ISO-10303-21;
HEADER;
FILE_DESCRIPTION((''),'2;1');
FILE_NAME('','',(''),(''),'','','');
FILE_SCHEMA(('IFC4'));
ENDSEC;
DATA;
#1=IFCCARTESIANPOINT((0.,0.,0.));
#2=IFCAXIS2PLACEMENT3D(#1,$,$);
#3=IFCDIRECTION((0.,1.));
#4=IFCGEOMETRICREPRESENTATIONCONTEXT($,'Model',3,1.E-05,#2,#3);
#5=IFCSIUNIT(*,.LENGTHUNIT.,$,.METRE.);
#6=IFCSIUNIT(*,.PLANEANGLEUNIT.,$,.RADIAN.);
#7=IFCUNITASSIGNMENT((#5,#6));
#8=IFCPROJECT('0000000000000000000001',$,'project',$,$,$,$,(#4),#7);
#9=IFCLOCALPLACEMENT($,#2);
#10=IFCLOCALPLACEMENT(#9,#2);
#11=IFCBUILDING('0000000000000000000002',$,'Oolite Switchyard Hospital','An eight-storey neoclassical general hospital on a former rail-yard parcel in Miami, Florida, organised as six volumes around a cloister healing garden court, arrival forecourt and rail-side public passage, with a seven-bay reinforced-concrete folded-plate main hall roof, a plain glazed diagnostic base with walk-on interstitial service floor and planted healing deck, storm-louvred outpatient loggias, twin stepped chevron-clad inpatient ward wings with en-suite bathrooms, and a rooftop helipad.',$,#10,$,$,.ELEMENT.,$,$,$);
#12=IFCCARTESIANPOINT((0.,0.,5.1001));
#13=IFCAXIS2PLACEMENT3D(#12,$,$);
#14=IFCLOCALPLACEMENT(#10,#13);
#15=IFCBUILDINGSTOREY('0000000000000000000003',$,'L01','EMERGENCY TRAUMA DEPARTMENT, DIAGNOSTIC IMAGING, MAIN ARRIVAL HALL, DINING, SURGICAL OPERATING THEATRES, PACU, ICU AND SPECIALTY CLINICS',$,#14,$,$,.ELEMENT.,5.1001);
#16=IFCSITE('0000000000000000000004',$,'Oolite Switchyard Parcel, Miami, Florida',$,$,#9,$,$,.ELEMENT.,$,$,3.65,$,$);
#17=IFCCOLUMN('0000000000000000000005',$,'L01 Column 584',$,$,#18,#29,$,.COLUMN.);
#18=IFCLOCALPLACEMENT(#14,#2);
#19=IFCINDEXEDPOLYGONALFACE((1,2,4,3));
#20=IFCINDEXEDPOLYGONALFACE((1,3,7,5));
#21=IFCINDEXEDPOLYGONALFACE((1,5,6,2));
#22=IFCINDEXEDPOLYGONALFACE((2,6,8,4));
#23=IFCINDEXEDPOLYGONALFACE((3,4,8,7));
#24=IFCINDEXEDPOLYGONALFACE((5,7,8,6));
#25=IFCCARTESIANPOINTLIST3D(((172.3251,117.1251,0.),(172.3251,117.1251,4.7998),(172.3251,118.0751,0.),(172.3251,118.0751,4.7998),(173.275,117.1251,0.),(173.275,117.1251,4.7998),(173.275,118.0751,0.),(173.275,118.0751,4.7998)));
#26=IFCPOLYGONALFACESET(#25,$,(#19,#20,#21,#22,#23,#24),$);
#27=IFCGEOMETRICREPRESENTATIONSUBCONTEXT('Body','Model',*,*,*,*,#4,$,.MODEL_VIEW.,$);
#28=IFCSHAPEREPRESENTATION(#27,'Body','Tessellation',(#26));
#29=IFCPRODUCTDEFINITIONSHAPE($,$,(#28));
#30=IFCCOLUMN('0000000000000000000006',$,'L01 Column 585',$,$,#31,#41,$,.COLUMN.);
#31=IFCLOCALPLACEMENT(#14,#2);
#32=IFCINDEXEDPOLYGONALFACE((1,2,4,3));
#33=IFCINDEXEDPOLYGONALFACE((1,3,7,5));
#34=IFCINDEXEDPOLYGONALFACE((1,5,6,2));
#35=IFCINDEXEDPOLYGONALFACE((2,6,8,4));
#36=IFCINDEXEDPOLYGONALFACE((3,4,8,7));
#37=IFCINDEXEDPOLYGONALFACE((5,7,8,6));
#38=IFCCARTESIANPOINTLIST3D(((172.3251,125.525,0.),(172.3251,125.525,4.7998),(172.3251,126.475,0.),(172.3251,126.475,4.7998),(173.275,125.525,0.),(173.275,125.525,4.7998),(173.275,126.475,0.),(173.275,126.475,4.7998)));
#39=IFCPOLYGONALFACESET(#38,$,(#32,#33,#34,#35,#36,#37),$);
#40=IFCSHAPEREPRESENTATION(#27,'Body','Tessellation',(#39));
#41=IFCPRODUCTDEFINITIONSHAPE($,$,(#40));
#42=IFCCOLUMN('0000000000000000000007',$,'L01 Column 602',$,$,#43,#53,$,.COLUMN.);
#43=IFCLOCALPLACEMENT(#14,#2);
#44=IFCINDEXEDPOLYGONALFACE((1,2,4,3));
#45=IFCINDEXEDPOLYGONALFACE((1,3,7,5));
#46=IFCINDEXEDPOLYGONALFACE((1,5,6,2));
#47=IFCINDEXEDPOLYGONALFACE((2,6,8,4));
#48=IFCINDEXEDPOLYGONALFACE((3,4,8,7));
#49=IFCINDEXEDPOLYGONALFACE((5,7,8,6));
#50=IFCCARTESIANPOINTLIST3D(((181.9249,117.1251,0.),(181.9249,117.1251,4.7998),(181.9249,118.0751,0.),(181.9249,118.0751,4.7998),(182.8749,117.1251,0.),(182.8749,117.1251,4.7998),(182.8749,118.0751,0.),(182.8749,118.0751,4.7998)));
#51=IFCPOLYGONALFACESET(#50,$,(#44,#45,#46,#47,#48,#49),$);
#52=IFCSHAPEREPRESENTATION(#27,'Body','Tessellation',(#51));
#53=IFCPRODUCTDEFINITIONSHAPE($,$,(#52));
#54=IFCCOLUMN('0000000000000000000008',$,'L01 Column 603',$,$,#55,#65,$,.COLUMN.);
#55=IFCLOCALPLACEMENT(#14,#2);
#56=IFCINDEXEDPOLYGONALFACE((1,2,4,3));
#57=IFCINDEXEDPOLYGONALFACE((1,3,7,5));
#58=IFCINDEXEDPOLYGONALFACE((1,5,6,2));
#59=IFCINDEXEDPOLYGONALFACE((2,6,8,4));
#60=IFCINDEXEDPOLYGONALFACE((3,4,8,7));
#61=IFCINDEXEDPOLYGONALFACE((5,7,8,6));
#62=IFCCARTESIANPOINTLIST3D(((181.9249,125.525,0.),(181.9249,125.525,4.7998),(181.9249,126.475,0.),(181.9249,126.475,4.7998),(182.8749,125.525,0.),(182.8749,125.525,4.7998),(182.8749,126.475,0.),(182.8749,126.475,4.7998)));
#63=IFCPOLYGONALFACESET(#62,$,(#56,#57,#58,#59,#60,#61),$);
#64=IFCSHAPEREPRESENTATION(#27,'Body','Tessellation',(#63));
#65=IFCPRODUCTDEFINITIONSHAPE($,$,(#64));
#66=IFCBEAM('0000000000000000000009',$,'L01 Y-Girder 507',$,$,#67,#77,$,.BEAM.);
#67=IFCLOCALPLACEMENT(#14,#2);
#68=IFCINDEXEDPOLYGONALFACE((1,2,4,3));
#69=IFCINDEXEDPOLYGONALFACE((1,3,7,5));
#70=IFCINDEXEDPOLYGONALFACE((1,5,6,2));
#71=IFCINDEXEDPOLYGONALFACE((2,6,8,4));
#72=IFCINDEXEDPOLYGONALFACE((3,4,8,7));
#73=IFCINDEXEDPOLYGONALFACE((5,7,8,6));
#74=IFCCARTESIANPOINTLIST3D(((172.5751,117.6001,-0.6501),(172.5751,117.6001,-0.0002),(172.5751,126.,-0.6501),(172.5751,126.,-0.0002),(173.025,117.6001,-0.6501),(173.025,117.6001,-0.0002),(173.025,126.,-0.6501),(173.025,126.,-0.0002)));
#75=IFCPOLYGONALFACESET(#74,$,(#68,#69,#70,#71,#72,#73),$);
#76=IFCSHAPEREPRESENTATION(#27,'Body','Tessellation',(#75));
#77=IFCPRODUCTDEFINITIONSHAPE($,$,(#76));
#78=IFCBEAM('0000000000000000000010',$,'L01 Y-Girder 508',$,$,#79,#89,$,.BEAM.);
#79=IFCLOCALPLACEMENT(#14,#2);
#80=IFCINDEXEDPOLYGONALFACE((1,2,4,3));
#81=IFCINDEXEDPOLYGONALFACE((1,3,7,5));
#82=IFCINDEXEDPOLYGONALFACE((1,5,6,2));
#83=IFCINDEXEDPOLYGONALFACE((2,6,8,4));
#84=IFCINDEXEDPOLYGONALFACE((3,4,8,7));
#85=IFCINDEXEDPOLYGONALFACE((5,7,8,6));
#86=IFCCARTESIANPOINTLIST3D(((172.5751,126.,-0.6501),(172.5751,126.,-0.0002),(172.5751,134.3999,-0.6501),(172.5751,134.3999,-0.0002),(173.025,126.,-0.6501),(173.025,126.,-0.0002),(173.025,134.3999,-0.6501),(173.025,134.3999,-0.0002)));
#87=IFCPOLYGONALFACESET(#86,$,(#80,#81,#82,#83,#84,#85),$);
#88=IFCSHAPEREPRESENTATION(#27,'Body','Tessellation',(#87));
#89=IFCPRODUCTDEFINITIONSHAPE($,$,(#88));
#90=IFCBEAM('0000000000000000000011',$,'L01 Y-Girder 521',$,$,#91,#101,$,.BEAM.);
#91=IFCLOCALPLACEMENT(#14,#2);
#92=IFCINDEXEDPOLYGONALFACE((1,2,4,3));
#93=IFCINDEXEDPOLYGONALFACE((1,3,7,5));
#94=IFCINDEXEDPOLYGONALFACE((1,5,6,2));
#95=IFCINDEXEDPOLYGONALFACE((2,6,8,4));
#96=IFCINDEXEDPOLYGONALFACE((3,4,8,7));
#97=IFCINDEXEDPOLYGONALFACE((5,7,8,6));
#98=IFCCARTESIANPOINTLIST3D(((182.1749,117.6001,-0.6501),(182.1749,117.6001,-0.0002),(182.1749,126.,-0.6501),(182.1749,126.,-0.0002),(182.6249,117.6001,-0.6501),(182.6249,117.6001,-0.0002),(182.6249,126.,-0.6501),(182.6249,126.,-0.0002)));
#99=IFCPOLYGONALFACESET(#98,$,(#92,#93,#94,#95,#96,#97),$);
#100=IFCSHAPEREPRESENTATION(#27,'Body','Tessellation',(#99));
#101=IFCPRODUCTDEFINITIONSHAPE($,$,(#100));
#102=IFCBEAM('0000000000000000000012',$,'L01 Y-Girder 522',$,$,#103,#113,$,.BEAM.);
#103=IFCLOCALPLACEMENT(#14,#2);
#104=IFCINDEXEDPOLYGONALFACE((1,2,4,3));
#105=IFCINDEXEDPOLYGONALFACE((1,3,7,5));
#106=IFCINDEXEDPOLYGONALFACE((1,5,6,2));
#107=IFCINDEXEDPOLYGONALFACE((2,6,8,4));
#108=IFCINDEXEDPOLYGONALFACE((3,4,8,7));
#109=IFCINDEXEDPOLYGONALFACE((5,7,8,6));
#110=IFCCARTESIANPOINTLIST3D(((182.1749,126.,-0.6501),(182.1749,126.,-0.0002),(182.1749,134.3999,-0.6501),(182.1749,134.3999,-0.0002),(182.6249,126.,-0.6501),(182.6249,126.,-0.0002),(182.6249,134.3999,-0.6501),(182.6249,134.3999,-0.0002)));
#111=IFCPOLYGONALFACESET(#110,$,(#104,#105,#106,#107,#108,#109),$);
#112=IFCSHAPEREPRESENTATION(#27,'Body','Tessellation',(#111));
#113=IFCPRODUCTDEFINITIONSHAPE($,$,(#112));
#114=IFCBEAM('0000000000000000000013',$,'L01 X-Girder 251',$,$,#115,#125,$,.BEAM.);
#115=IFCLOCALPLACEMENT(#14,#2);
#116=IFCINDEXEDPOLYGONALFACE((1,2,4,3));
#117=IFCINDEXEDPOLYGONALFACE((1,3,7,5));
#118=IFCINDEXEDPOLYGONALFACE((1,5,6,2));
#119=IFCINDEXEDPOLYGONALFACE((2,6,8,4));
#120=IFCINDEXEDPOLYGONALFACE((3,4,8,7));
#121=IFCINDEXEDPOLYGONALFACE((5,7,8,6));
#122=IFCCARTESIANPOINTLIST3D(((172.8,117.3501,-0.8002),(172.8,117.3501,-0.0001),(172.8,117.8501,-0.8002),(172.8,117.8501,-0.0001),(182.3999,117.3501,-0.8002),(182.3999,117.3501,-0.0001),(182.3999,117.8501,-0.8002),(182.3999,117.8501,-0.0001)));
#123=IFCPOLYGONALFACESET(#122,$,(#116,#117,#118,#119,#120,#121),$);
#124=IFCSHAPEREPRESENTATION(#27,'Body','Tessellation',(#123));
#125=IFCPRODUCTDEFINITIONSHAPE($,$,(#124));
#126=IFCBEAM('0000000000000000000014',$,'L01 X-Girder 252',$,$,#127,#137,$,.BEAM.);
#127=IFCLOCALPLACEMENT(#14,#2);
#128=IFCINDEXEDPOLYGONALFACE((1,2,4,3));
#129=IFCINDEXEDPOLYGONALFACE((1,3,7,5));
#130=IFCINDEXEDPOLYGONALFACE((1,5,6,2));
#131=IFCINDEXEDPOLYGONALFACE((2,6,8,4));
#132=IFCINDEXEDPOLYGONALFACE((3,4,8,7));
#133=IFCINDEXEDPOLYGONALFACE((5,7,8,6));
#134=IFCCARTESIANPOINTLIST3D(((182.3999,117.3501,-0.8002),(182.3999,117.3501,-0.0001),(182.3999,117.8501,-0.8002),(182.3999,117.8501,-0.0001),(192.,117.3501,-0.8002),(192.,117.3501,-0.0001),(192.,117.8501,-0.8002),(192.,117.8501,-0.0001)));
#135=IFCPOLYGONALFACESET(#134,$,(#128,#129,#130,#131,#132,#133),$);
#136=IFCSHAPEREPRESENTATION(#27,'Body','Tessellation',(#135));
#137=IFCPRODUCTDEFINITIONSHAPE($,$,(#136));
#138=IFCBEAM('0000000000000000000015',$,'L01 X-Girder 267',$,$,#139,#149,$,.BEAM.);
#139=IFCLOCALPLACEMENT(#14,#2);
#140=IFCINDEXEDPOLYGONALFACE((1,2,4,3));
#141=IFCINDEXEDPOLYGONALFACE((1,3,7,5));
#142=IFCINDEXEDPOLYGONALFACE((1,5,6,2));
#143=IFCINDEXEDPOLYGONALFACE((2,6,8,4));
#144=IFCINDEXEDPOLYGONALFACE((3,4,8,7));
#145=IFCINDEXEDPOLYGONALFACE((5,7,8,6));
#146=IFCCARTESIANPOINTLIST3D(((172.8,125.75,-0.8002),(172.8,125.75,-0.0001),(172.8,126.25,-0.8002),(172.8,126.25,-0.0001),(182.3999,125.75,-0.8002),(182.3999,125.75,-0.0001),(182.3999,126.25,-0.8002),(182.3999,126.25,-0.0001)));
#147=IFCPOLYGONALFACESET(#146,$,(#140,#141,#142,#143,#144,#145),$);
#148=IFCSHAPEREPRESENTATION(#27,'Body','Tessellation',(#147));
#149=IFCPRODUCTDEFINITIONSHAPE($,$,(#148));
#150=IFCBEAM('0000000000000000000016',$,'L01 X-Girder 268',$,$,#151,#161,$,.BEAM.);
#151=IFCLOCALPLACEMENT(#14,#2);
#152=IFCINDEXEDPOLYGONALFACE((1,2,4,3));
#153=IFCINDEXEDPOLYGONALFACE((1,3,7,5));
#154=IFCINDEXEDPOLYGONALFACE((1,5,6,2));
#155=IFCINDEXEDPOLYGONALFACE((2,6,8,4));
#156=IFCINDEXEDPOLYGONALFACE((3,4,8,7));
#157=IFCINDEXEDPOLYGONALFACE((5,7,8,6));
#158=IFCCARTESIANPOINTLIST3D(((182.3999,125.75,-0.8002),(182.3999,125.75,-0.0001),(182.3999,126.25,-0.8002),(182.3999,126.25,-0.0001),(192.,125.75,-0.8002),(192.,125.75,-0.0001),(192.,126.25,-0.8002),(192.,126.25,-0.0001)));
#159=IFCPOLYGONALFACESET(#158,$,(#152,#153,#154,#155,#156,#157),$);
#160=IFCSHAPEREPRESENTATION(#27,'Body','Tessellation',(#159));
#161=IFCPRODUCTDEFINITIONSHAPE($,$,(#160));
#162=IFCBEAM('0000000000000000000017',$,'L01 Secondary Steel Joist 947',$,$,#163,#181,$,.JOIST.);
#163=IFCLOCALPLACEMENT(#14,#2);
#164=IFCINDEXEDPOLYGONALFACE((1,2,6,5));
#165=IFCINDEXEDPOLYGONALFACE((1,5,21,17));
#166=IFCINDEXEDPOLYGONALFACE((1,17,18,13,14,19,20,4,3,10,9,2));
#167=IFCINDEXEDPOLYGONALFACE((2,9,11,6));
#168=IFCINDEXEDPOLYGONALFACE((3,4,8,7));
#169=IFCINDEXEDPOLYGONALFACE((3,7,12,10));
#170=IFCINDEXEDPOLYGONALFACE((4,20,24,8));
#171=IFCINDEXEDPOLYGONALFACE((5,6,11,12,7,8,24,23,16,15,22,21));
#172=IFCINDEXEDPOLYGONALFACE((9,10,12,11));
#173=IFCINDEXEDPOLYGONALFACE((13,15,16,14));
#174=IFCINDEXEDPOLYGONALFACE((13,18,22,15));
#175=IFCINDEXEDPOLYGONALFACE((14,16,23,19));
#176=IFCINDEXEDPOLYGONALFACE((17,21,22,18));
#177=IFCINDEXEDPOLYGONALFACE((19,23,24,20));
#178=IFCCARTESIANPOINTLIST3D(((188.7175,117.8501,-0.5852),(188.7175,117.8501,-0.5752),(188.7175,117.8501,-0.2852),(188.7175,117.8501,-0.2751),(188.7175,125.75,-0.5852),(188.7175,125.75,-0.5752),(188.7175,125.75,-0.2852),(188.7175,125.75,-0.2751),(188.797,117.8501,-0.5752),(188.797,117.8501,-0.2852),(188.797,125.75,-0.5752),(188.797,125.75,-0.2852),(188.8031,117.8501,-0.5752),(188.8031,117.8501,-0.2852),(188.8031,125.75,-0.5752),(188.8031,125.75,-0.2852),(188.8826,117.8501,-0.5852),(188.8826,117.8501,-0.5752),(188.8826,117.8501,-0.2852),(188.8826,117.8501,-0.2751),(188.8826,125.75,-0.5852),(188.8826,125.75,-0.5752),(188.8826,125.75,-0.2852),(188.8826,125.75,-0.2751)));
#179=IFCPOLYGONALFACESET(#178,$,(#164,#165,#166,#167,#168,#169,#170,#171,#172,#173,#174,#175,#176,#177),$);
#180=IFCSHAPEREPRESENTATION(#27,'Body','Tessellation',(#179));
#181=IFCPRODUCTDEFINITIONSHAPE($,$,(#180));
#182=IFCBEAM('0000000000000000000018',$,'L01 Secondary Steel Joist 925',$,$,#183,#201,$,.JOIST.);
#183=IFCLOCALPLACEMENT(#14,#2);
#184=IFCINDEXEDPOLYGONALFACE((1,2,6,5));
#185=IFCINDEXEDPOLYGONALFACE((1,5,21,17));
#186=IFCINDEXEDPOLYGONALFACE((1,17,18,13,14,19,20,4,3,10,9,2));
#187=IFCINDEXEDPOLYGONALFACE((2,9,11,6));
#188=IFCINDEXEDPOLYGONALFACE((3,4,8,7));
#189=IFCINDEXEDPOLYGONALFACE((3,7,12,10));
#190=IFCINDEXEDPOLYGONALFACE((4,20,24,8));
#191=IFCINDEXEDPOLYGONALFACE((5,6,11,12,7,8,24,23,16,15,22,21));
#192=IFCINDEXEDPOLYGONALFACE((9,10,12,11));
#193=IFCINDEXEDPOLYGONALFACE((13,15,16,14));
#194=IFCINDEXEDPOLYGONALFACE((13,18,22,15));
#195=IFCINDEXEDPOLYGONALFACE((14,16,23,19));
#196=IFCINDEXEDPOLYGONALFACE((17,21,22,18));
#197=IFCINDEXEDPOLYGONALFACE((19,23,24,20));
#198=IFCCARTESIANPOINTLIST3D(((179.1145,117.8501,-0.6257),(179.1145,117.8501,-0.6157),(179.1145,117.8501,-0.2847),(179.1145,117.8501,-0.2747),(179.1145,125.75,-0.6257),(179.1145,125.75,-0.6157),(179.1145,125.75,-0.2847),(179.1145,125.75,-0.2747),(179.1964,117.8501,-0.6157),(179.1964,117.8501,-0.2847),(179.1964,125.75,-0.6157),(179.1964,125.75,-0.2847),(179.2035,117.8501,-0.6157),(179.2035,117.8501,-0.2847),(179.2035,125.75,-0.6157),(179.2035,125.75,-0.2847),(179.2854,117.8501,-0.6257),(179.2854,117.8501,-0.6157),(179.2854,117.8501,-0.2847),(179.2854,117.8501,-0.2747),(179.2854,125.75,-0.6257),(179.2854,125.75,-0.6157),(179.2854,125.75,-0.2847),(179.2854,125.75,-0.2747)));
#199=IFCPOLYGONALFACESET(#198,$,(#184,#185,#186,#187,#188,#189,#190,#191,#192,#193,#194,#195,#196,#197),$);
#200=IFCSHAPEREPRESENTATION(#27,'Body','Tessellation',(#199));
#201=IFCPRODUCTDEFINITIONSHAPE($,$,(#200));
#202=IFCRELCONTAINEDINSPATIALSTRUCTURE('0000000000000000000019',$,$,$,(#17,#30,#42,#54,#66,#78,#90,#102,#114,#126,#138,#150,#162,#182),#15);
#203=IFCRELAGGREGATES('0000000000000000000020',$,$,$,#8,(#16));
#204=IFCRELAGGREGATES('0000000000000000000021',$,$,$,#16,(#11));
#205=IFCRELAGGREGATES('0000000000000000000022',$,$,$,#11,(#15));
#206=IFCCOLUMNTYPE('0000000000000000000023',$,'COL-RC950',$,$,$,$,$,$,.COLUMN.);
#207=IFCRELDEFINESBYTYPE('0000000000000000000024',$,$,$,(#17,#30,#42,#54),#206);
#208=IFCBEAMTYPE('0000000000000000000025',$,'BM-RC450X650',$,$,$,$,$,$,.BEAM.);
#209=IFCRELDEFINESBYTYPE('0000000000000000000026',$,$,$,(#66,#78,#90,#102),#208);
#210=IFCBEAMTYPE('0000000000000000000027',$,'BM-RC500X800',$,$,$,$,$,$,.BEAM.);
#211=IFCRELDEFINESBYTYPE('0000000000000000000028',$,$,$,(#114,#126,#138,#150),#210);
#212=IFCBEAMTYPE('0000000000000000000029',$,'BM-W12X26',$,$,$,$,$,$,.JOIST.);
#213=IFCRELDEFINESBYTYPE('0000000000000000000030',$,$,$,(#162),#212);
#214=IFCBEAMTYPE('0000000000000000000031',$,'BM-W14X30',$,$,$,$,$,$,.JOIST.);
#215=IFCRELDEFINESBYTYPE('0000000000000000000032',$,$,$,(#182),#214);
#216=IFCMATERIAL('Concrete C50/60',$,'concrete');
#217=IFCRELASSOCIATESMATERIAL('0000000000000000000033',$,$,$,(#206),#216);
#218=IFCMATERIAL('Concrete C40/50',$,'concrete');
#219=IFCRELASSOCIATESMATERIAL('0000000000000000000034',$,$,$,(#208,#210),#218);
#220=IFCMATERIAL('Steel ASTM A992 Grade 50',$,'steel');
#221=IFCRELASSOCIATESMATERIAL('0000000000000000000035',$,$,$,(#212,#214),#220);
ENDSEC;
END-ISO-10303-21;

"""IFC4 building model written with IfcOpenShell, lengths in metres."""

from ifc_helpers import new_model, si_unit, direction, frame, origin, origin_2d, place, context, subcontext, project, spatial, rectangle, i_section, extrude, material, material_profile, profile_set, type_object, element, save


model = new_model("IFC4")

# Units and contexts
model_context = context("Model", 3, precision=1e-05, world=origin(), true_north=direction((0.0, 1.0)))
body_context = subcontext(model_context, "Body", "Model", "MODEL_VIEW")
ifc_project = project(units=[si_unit("LENGTHUNIT", "METRE"), si_unit("PLANEANGLEUNIT", "RADIAN")], contexts=[model_context])

# Site, building, storey
site_placement = place(None, origin())
site = spatial("IfcSite", under=ifc_project, at=site_placement, Name="Oolite Switchyard Parcel, Miami, Florida", CompositionType="ELEMENT", RefElevation=3.65)
building_placement = place(site_placement, origin())
building = spatial("IfcBuilding", under=site, at=building_placement, Name="Oolite Switchyard Hospital", Description="An eight-storey neoclassical general hospital on a former rail-yard parcel in Miami, Florida, organised as six volumes around a cloister healing garden court, arrival forecourt and rail-side public passage, with a seven-bay reinforced-concrete folded-plate main hall roof, a plain glazed diagnostic base with walk-on interstitial service floor and planted healing deck, storm-louvred outpatient loggias, twin stepped chevron-clad inpatient ward wings with en-suite bathrooms, and a rooftop helipad.", CompositionType="ELEMENT")
storey_placement = place(building_placement, frame((0.0, 0.0, 5.1001)))
storey = spatial("IfcBuildingStorey", under=building, at=storey_placement, Name="L01", Description="EMERGENCY TRAUMA DEPARTMENT, DIAGNOSTIC IMAGING, MAIN ARRIVAL HALL, DINING, SURGICAL OPERATING THEATRES, PACU, ICU AND SPECIALTY CLINICS", CompositionType="ELEMENT", Elevation=5.1001)

# Columns
ifc_material_1 = material(Name="Concrete C50/60", Category="concrete")
ifc_material_profile_1 = material_profile(ifc_material_1, rectangle(XDim=0.95, YDim=0.95, at=origin_2d()), Name="RC950X950")
ifc_profile_set_1 = profile_set([ifc_material_profile_1], Name="Concrete C50/60")
column_type = type_object("IfcColumnType", Name="COL-RC950", PredefinedType="COLUMN", material=ifc_profile_set_1)
for number, where, z_axis, x_axis, name in (
    (1, (172.8, 117.6001, 0.0), (0.0, 0.0, 1.0), (1.0, 0.0, 0.0), "L01 Column 584"),
    (2, (172.8, 126.0, 0.0), (0.0, 0.0, 1.0), (1.0, 0.0, 0.0), "L01 Column 585"),
    (3, (182.3999, 117.6001, 0.0), (0.0, 0.0, 1.0), (1.0, 0.0, 0.0), "L01 Column 602"),
    (4, (182.3999, 126.0, 0.0), (0.0, 0.0, 1.0), (1.0, 0.0, 0.0), "L01 Column 603"),
):
    element("IfcColumn", number, at=place(storey_placement, frame(where, z_axis=z_axis, x_axis=x_axis)), inside=storey, type_object=column_type, Name=name, PredefinedType="COLUMN", context=body_context, shape_type="SweptSolid", body=[
        extrude(rectangle(XDim=0.95, YDim=0.95, at=origin_2d()), origin(), (0.0, 0.0, 1.0), 4.7998),
    ])

# Beams
ifc_material_2 = material(Name="Concrete C40/50", Category="concrete")
ifc_material_profile_2 = material_profile(ifc_material_2, rectangle(XDim=0.45, YDim=0.6499, at=origin_2d()), Name="RCB450X650")
ifc_profile_set_2 = profile_set([ifc_material_profile_2], Name="Concrete C40/50")
beam_type_1 = type_object("IfcBeamType", Name="BM-RC450X650", PredefinedType="BEAM", material=ifc_profile_set_2)
for number, where, z_axis, x_axis, name in (
    (5, (172.8, 117.6001, -0.3252), (0.0, 1.0, 0.0), (-1.0, 0.0, 0.0), "L01 Y-Girder 507"),
    (6, (172.8, 126.0, -0.3252), (0.0, 1.0, 0.0), (-1.0, 0.0, 0.0), "L01 Y-Girder 508"),
    (7, (182.3999, 117.6001, -0.3252), (0.0, 1.0, 0.0), (-1.0, 0.0, 0.0), "L01 Y-Girder 521"),
    (8, (182.3999, 126.0, -0.3252), (0.0, 1.0, 0.0), (-1.0, 0.0, 0.0), "L01 Y-Girder 522"),
):
    element("IfcBeam", number, at=place(storey_placement, frame(where, z_axis=z_axis, x_axis=x_axis)), inside=storey, type_object=beam_type_1, Name=name, PredefinedType="BEAM", context=body_context, shape_type="SweptSolid", body=[
        extrude(rectangle(XDim=0.45, YDim=0.6499, at=origin_2d()), origin(), (0.0, 0.0, 1.0), 8.3999),
    ])
ifc_material_profile_3 = material_profile(ifc_material_2, rectangle(XDim=0.5, YDim=0.8, at=origin_2d()), Name="RCB500X800")
ifc_profile_set_3 = profile_set([ifc_material_profile_3], Name="Concrete C40/50")
beam_type_2 = type_object("IfcBeamType", Name="BM-RC500X800", PredefinedType="BEAM", material=ifc_profile_set_3)
beam_1_placement = place(storey_placement, frame((172.8, 117.6001, -0.4001), z_axis=(1.0, 0.0, 0.0), x_axis=(0.0, 1.0, 0.0)))
element("IfcBeam", 9, at=beam_1_placement, inside=storey, type_object=beam_type_2, Name="L01 X-Girder 251", PredefinedType="BEAM", context=body_context, shape_type="SweptSolid", body=[
    extrude(rectangle(XDim=0.5, YDim=0.8, at=origin_2d()), origin(), (0.0, 0.0, 1.0), 9.5999),
])
beam_2_placement = place(storey_placement, frame((182.3999, 117.6001, -0.4001), z_axis=(1.0, 0.0, 0.0), x_axis=(0.0, 1.0, 0.0)))
element("IfcBeam", 10, at=beam_2_placement, inside=storey, type_object=beam_type_2, Name="L01 X-Girder 252", PredefinedType="BEAM", context=body_context, shape_type="SweptSolid", body=[
    extrude(rectangle(XDim=0.5, YDim=0.8, at=origin_2d()), origin(), (0.0, 0.0, 1.0), 9.6001),
])
beam_3_placement = place(storey_placement, frame((172.8, 126.0, -0.4001), z_axis=(1.0, 0.0, 0.0), x_axis=(0.0, 1.0, 0.0)))
element("IfcBeam", 11, at=beam_3_placement, inside=storey, type_object=beam_type_2, Name="L01 X-Girder 267", PredefinedType="BEAM", context=body_context, shape_type="SweptSolid", body=[
    extrude(rectangle(XDim=0.5, YDim=0.8, at=origin_2d()), origin(), (0.0, 0.0, 1.0), 9.5999),
])
beam_4_placement = place(storey_placement, frame((182.3999, 126.0, -0.4001), z_axis=(1.0, 0.0, 0.0), x_axis=(0.0, 1.0, 0.0)))
element("IfcBeam", 12, at=beam_4_placement, inside=storey, type_object=beam_type_2, Name="L01 X-Girder 268", PredefinedType="BEAM", context=body_context, shape_type="SweptSolid", body=[
    extrude(rectangle(XDim=0.5, YDim=0.8, at=origin_2d()), origin(), (0.0, 0.0, 1.0), 9.6001),
])
ifc_material_3 = material(Name="Steel ASTM A992 Grade 50", Category="steel")
ifc_material_profile_4 = material_profile(ifc_material_3, i_section(OverallWidth=0.165, OverallDepth=0.3101, WebThickness=0.0061, FlangeThickness=0.01, at=origin_2d()), Name="W12X26")
ifc_profile_set_4 = profile_set([ifc_material_profile_4], Name="Steel ASTM A992 Grade 50")
beam_type_3 = type_object("IfcBeamType", Name="BM-W12X26", PredefinedType="JOIST", material=ifc_profile_set_4)
beam_5_placement = place(storey_placement, frame((188.8, 117.8501, -0.4302), z_axis=(0.0, 1.0, 0.0), x_axis=(-1.0, 0.0, 0.0)))
element("IfcBeam", 13, at=beam_5_placement, inside=storey, type_object=beam_type_3, Name="L01 Secondary Steel Joist 947", PredefinedType="JOIST", context=body_context, shape_type="SweptSolid", body=[
    extrude(i_section(OverallWidth=0.165, OverallDepth=0.3101, WebThickness=0.0061, FlangeThickness=0.01, at=origin_2d()), origin(), (0.0, 0.0, 1.0), 7.8999),
])
ifc_material_profile_5 = material_profile(ifc_material_3, i_section(OverallWidth=0.1709, OverallDepth=0.3511, WebThickness=0.0071, FlangeThickness=0.01, at=origin_2d()), Name="W14X30")
ifc_profile_set_5 = profile_set([ifc_material_profile_5], Name="Steel ASTM A992 Grade 50")
beam_type_4 = type_object("IfcBeamType", Name="BM-W14X30", PredefinedType="JOIST", material=ifc_profile_set_5)
beam_6_placement = place(storey_placement, frame((179.2, 117.8501, -0.4502), z_axis=(0.0, 1.0, 0.0), x_axis=(-1.0, 0.0, 0.0)))
element("IfcBeam", 14, at=beam_6_placement, inside=storey, type_object=beam_type_4, Name="L01 Secondary Steel Joist 925", PredefinedType="JOIST", context=body_context, shape_type="SweptSolid", body=[
    extrude(i_section(OverallWidth=0.1709, OverallDepth=0.3511, WebThickness=0.0071, FlangeThickness=0.01, at=origin_2d()), origin(), (0.0, 0.0, 1.0), 7.8999),
])

save(model, "model.ifc")
